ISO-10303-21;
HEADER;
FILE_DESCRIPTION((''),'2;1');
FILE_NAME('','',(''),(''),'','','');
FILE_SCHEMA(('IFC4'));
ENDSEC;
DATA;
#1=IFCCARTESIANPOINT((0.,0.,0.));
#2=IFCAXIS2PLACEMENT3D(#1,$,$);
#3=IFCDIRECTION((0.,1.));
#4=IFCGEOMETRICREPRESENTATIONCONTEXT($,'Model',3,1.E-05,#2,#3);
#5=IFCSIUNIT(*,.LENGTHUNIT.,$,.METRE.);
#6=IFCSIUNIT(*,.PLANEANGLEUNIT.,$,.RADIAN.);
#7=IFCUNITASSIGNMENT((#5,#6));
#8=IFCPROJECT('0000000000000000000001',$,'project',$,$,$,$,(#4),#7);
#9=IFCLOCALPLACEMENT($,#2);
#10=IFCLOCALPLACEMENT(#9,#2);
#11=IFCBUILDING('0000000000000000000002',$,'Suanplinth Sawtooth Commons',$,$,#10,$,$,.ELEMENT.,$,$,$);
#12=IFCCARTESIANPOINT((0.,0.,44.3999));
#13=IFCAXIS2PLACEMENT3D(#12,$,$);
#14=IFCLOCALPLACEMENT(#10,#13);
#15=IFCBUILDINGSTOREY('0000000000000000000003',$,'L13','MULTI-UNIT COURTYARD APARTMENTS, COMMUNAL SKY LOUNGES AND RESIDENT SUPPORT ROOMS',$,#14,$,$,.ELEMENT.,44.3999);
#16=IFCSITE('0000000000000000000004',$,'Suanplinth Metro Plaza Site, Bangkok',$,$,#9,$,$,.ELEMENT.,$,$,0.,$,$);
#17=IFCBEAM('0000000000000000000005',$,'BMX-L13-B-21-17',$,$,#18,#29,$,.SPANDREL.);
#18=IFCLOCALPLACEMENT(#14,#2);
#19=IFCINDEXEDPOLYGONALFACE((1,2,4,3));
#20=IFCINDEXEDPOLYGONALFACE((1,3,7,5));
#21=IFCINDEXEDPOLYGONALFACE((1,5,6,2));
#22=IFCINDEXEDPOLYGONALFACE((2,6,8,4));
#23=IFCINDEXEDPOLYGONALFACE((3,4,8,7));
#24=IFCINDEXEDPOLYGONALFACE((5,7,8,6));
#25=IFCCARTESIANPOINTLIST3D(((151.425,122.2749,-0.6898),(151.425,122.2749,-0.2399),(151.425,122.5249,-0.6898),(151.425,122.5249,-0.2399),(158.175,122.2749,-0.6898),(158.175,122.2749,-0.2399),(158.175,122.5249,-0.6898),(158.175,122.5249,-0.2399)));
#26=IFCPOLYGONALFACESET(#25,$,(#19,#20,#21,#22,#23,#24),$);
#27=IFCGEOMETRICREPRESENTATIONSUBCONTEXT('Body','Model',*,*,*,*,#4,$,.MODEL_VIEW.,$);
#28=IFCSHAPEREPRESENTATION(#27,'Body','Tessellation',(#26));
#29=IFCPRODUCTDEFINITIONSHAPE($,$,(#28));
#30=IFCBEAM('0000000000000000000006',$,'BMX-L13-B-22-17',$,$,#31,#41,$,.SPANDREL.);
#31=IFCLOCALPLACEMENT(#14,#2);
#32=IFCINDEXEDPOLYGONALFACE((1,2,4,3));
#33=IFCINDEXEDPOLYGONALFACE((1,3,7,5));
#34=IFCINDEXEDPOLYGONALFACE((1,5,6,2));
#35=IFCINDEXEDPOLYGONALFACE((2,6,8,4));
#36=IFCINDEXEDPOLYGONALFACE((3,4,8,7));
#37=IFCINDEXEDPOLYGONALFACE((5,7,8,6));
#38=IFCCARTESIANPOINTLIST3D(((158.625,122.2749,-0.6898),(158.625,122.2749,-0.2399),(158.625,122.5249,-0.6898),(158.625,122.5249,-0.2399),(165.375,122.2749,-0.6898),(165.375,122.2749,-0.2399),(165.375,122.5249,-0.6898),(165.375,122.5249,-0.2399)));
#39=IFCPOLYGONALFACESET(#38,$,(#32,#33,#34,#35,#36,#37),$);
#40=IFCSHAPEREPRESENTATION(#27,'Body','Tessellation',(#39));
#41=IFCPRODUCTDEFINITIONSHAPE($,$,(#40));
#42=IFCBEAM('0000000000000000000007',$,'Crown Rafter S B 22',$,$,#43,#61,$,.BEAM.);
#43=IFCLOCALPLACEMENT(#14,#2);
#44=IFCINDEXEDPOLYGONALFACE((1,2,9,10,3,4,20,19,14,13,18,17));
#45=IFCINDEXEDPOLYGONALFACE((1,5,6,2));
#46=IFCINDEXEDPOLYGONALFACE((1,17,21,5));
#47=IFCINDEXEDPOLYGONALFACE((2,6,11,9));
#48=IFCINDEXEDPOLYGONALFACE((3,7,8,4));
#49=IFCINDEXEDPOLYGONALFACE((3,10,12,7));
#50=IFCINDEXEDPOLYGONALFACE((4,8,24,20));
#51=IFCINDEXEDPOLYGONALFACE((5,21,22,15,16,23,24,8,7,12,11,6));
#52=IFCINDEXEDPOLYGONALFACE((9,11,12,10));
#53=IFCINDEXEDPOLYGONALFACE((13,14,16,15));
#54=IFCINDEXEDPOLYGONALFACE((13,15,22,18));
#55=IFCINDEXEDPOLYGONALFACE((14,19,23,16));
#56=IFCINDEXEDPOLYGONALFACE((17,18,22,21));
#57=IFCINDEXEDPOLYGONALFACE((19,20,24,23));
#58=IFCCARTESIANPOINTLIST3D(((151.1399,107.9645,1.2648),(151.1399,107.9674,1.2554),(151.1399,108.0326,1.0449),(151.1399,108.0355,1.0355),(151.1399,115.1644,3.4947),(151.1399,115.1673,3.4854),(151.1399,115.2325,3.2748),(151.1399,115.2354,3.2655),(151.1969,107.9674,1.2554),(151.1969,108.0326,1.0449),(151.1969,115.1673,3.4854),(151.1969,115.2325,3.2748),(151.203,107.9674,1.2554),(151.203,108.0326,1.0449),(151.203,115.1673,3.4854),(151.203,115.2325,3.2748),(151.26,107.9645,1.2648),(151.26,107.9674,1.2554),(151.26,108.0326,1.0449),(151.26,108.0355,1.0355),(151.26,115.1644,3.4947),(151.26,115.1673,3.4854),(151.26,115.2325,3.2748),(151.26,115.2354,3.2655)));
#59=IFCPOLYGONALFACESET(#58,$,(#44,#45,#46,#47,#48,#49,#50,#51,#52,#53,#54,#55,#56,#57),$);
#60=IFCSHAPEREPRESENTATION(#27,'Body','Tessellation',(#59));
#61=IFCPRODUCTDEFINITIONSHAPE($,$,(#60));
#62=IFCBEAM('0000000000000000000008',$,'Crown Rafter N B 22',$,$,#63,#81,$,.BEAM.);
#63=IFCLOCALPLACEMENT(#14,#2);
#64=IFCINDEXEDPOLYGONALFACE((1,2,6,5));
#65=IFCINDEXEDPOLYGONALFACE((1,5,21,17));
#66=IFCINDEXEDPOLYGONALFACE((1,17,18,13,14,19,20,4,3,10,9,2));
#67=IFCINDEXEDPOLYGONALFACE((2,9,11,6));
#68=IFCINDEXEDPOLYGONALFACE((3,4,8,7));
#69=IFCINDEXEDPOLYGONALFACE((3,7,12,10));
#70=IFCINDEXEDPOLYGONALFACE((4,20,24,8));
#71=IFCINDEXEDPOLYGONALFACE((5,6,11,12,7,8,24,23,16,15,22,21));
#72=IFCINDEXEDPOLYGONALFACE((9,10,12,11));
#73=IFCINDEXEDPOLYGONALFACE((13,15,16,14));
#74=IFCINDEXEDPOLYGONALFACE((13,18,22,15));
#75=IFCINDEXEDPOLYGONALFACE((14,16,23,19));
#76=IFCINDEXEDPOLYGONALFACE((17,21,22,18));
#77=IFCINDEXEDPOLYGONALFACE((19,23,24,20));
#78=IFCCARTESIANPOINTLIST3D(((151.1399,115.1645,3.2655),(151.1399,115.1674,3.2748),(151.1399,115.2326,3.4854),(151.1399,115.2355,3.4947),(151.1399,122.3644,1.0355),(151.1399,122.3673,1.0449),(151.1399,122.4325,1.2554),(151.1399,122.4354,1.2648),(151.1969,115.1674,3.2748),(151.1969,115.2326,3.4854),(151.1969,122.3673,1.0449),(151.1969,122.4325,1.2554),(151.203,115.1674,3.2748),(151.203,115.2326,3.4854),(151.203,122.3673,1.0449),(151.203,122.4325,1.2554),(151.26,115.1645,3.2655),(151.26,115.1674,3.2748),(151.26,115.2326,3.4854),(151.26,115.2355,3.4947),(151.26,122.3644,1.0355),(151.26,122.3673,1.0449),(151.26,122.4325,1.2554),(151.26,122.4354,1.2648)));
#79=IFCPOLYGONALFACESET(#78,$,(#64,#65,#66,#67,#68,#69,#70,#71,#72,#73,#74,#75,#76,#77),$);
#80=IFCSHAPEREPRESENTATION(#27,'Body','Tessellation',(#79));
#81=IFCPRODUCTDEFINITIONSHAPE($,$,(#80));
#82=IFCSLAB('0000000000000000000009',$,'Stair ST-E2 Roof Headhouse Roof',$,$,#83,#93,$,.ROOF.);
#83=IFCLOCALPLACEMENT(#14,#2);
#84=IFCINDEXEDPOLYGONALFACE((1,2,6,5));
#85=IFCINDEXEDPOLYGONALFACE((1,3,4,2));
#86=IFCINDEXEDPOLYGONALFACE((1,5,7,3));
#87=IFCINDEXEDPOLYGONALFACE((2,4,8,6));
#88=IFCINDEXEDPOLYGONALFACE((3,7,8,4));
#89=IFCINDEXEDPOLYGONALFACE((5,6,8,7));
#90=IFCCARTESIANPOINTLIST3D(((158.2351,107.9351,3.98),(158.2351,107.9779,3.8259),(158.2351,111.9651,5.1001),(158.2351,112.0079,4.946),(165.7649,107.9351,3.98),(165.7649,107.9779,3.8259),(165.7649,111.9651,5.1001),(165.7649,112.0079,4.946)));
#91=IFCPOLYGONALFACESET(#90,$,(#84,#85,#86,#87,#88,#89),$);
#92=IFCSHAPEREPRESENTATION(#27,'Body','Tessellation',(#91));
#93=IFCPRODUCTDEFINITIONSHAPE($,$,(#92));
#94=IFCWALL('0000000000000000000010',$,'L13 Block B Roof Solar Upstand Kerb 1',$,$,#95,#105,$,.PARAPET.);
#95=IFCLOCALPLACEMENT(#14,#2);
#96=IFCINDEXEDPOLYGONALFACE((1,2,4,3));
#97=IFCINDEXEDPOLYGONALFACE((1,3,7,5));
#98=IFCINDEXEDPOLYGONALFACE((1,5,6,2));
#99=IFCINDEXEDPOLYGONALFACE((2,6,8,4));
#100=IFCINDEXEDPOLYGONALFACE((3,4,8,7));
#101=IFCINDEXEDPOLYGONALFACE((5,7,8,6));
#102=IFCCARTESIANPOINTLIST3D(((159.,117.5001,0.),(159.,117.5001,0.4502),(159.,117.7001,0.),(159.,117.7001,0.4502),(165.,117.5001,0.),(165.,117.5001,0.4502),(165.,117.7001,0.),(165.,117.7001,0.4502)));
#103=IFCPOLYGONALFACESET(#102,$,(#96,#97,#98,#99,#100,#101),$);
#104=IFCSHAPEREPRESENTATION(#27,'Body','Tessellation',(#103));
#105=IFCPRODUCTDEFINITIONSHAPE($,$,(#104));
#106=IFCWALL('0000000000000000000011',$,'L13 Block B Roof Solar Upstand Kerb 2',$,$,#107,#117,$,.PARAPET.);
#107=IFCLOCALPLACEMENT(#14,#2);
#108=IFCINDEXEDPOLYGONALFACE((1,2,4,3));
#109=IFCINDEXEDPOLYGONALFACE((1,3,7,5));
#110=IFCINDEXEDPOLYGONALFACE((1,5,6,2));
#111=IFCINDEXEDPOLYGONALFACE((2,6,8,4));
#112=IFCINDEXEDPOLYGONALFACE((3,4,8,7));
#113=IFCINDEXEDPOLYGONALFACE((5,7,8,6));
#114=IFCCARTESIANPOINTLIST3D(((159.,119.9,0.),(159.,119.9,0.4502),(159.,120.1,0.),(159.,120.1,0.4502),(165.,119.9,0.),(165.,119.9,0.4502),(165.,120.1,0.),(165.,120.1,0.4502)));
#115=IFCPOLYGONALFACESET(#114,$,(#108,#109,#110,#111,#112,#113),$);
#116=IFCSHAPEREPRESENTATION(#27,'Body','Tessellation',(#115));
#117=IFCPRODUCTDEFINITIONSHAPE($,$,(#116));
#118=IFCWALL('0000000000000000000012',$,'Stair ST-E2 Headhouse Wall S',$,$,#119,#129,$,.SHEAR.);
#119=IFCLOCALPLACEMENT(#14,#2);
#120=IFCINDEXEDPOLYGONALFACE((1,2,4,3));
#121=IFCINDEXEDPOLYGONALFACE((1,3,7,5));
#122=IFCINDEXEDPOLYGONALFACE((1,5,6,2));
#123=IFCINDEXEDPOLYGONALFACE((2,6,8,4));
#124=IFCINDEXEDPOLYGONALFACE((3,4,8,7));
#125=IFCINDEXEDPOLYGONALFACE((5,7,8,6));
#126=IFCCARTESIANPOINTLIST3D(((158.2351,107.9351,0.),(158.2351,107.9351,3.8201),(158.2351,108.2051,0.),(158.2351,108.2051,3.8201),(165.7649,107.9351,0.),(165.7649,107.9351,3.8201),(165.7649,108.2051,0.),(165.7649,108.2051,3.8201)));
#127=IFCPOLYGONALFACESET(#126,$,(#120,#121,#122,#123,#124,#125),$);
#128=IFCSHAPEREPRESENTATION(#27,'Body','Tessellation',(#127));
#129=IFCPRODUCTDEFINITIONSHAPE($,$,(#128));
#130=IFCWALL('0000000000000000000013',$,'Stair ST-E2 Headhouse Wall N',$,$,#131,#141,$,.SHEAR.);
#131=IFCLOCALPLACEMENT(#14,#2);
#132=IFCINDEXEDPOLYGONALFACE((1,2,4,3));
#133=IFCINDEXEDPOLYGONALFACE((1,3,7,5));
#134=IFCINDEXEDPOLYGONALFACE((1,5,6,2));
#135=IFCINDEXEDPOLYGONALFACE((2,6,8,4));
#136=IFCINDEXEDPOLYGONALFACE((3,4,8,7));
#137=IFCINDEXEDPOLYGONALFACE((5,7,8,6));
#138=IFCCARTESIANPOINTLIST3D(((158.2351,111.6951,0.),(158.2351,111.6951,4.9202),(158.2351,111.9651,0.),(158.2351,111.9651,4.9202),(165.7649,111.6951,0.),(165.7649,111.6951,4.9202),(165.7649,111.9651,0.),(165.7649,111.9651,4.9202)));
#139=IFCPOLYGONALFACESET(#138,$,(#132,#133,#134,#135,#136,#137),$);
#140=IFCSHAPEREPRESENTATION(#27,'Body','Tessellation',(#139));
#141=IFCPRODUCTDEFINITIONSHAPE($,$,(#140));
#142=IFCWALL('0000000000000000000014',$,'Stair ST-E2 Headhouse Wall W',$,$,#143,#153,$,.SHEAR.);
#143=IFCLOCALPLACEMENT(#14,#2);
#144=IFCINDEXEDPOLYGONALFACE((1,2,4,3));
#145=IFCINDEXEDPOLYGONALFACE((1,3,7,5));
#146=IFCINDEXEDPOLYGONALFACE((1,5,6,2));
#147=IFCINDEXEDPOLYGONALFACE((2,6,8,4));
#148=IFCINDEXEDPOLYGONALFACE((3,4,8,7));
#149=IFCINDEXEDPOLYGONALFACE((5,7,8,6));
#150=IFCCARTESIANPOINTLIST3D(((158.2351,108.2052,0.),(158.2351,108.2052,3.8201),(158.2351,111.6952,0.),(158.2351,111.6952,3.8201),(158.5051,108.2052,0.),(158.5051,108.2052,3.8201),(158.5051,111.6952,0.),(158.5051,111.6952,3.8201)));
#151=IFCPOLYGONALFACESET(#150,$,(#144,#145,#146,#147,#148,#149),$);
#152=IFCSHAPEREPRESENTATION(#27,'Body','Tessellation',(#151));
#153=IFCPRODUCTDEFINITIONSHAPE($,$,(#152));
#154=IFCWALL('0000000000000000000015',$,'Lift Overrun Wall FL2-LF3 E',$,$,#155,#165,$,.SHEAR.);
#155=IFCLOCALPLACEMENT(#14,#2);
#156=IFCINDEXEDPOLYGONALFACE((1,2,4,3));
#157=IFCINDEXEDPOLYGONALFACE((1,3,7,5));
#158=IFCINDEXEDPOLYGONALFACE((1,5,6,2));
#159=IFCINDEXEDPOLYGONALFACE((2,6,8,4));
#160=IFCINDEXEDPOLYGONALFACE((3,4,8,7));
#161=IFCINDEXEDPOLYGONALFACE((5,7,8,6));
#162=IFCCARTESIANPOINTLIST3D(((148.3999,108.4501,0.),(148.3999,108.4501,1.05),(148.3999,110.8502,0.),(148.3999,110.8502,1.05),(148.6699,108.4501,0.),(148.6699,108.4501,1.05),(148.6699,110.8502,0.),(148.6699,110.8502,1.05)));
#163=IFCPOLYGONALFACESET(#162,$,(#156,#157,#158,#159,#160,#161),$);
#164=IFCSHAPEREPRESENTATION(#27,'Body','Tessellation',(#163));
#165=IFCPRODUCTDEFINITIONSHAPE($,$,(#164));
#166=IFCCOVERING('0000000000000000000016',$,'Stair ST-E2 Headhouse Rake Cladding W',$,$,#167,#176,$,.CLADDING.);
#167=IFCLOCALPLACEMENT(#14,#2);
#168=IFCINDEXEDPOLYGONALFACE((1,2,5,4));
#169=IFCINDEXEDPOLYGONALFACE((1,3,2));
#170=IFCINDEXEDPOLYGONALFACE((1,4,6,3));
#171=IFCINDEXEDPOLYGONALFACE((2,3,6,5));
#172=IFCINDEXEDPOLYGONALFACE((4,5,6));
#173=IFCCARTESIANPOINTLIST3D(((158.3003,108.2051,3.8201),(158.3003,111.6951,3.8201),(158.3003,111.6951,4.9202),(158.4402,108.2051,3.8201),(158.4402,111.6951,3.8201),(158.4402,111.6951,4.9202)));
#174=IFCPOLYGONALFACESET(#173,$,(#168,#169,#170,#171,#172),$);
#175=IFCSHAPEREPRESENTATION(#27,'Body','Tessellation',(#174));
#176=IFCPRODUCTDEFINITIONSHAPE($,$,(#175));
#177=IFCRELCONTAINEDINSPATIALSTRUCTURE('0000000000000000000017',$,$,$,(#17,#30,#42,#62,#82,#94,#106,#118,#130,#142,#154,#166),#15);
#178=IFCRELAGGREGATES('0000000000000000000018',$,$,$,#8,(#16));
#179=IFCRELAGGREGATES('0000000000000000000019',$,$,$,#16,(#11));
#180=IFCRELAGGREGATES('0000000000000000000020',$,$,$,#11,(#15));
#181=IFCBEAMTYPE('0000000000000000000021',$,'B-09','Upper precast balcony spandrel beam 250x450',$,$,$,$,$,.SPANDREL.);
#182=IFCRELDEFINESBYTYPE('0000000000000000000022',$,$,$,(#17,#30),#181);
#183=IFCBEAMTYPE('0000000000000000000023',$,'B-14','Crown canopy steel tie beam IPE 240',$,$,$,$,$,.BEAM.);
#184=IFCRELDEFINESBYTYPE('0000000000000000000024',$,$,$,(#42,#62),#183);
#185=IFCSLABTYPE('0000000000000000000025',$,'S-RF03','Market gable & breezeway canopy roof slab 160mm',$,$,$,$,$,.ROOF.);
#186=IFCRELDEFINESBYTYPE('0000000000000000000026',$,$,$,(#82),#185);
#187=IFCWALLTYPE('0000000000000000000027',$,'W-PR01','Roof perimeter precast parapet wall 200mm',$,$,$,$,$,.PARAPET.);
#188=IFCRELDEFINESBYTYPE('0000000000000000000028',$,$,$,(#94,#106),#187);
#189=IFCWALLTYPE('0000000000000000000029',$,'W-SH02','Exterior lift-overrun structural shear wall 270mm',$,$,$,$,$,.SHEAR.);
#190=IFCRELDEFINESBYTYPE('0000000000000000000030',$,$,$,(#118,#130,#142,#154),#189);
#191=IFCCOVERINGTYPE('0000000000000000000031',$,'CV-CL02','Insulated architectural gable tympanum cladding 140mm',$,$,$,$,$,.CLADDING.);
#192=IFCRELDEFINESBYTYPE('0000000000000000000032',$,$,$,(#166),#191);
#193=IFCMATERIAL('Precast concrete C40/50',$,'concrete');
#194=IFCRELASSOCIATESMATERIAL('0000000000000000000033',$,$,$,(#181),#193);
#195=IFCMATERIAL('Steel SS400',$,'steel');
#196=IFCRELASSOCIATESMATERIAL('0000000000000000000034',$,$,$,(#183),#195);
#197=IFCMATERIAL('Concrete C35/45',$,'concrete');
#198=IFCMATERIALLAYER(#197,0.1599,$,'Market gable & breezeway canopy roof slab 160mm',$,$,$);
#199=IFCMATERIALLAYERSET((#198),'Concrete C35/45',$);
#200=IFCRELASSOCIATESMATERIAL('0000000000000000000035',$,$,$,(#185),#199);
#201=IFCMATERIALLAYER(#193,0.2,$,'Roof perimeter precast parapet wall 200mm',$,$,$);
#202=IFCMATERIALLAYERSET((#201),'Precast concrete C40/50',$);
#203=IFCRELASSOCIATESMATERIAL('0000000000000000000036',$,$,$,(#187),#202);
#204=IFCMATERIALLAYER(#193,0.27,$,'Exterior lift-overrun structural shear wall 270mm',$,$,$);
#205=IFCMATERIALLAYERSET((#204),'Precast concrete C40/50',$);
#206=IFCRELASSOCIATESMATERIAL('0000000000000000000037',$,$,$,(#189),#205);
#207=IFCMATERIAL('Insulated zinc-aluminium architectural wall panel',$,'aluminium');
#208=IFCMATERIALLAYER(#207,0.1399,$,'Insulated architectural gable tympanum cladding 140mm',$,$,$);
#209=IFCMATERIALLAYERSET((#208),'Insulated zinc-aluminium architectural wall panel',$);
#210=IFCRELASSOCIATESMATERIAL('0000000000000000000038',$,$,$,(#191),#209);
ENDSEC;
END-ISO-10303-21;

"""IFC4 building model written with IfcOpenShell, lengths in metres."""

from ifc_helpers import new_model, si_unit, direction, frame, frame_2d, origin, origin_2d, place, context, subcontext, project, spatial, polyline, rectangle, i_section, outline, extrude, material, layer, layer_set, material_profile, profile_set, type_object, element, save


model = new_model("IFC4")

# Units and contexts
model_context = context("Model", 3, precision=1e-05, world=origin(), true_north=direction((0.0, 1.0)))
body_context = subcontext(model_context, "Body", "Model", "MODEL_VIEW")
ifc_project = project(units=[si_unit("LENGTHUNIT", "METRE"), si_unit("PLANEANGLEUNIT", "RADIAN")], contexts=[model_context])

# Site, building, storey
site_placement = place(None, origin())
site = spatial("IfcSite", under=ifc_project, at=site_placement, Name="Suanplinth Metro Plaza Site, Bangkok", CompositionType="ELEMENT", RefElevation=0.0)
building_placement = place(site_placement, origin())
building = spatial("IfcBuilding", under=site, at=building_placement, Name="Suanplinth Sawtooth Commons", CompositionType="ELEMENT")
storey_placement = place(building_placement, frame((0.0, 0.0, 44.3999)))
storey = spatial("IfcBuildingStorey", under=building, at=storey_placement, Name="L13", Description="MULTI-UNIT COURTYARD APARTMENTS, COMMUNAL SKY LOUNGES AND RESIDENT SUPPORT ROOMS", CompositionType="ELEMENT", Elevation=44.3999)

# Beams
ifc_material_1 = material(Name="Precast concrete C40/50", Category="concrete")
ifc_material_profile_1 = material_profile(ifc_material_1, rectangle(XDim=0.25, YDim=0.45, at=origin_2d()), Name="PC-SP 250x450")
ifc_profile_set_1 = profile_set([ifc_material_profile_1], Name="Precast concrete C40/50")
beam_type_1 = type_object("IfcBeamType", Name="B-09", Description="Upper precast balcony spandrel beam 250x450", PredefinedType="SPANDREL", material=ifc_profile_set_1)
for number, where, z_axis, x_axis, name in (
    (1, (151.425, 122.3999, -0.4648), (1.0, 0.0, 0.0), (0.0, 1.0, 0.0), "BMX-L13-B-21-17"),
    (2, (158.625, 122.3999, -0.4648), (1.0, 0.0, 0.0), (0.0, 1.0, 0.0), "BMX-L13-B-22-17"),
):
    element("IfcBeam", number, at=place(storey_placement, frame(where, z_axis=z_axis, x_axis=x_axis)), inside=storey, type_object=beam_type_1, Name=name, PredefinedType="SPANDREL", context=body_context, shape_type="SweptSolid", body=[
        extrude(rectangle(XDim=0.25, YDim=0.45, at=origin_2d()), origin(), (0.0, 0.0, 1.0), 6.75),
    ])
ifc_material_2 = material(Name="Steel SS400", Category="steel")
ifc_material_profile_2 = material_profile(ifc_material_2, i_section(OverallWidth=0.1201, OverallDepth=0.24, WebThickness=0.0061, FlangeThickness=0.0098, at=origin_2d()), Name="IPE 240")
ifc_profile_set_2 = profile_set([ifc_material_profile_2], Name="Steel SS400")
beam_type_2 = type_object("IfcBeamType", Name="B-14", Description="Crown canopy steel tie beam IPE 240", PredefinedType="BEAM", material=ifc_profile_set_2)
for number, where, z_axis, x_axis, name in (
    (3, (151.2, 108.0, 1.1501), (0.0, 0.955233, 0.295856), (-1.0, 0.0, 0.0), "Crown Rafter S B 22"),
    (4, (151.2, 122.3999, 1.1501), (0.0, -0.955233, 0.295856), (1.0, 0.0, 0.0), "Crown Rafter N B 22"),
):
    element("IfcBeam", number, at=place(storey_placement, frame(where, z_axis=z_axis, x_axis=x_axis)), inside=storey, type_object=beam_type_2, Name=name, PredefinedType="BEAM", context=body_context, shape_type="SweptSolid", body=[
        extrude(i_section(OverallWidth=0.1201, OverallDepth=0.24, WebThickness=0.0061, FlangeThickness=0.0098, at=origin_2d()), origin(), (0.0, 0.0, 1.0), 7.5374),
    ])

# Slab
ifc_material_3 = material(Name="Concrete C35/45", Category="concrete")
ifc_layer_1 = layer(ifc_material_3, 0.1599, Name="Market gable & breezeway canopy roof slab 160mm")
ifc_layer_set_1 = layer_set([ifc_layer_1], Name="Concrete C35/45")
slab_type = type_object("IfcSlabType", Name="S-RF03", Description="Market gable & breezeway canopy roof slab 160mm", PredefinedType="ROOF", material=ifc_layer_set_1)
slab_placement = place(storey_placement, frame((158.2351, 107.9351, 3.98), z_axis=(0.0, -0.267791, 0.963477), x_axis=(1.0, 0.0, 0.0)))
element("IfcSlab", 5, at=slab_placement, inside=storey, type_object=slab_type, Name="Stair ST-E2 Roof Headhouse Roof", PredefinedType="ROOF", context=body_context, shape_type="SweptSolid", body=[
    extrude(outline(polyline([(0.0, 0.0), (7.5298, 0.0), (7.5298, 4.1828), (0.0, 4.1828), (0.0, 0.0)])), origin(), (0.0, 0.0, -1.0), 0.1599),
])

# Walls
ifc_layer_2 = layer(ifc_material_1, 0.2, Name="Roof perimeter precast parapet wall 200mm")
ifc_layer_set_2 = layer_set([ifc_layer_2], Name="Precast concrete C40/50")
wall_type_1 = type_object("IfcWallType", Name="W-PR01", Description="Roof perimeter precast parapet wall 200mm", PredefinedType="PARAPET", material=ifc_layer_set_2)
for number, where, z_axis, x_axis, name in (
    (6, (159.0, 117.6001, 0.0), (0.0, 0.0, 1.0), (1.0, 0.0, 0.0), "L13 Block B Roof Solar Upstand Kerb 1"),
    (7, (159.0, 120.0, 0.0), (0.0, 0.0, 1.0), (1.0, 0.0, 0.0), "L13 Block B Roof Solar Upstand Kerb 2"),
):
    element("IfcWall", number, at=place(storey_placement, frame(where, z_axis=z_axis, x_axis=x_axis)), inside=storey, type_object=wall_type_1, Name=name, PredefinedType="PARAPET", context=body_context, shape_type="SweptSolid", body=[
        extrude(rectangle(XDim=6.0, YDim=0.2, at=frame_2d((3.0, 0.0))), origin(), (0.0, 0.0, 1.0), 0.4502),
    ])
ifc_layer_3 = layer(ifc_material_1, 0.27, Name="Exterior lift-overrun structural shear wall 270mm")
ifc_layer_set_3 = layer_set([ifc_layer_3], Name="Precast concrete C40/50")
wall_type_2 = type_object("IfcWallType", Name="W-SH02", Description="Exterior lift-overrun structural shear wall 270mm", PredefinedType="SHEAR", material=ifc_layer_set_3)
wall_1_placement = place(storey_placement, frame((158.2351, 108.0701, 0.0), z_axis=(0.0, 0.0, 1.0), x_axis=(1.0, 0.0, 0.0)))
element("IfcWall", 8, at=wall_1_placement, inside=storey, type_object=wall_type_2, Name="Stair ST-E2 Headhouse Wall S", PredefinedType="SHEAR", context=body_context, shape_type="SweptSolid", body=[
    extrude(rectangle(XDim=7.5298, YDim=0.27, at=frame_2d((3.7649, 0.0))), origin(), (0.0, 0.0, 1.0), 3.8201),
])
wall_2_placement = place(storey_placement, frame((158.2351, 111.8301, 0.0), z_axis=(0.0, 0.0, 1.0), x_axis=(1.0, 0.0, 0.0)))
element("IfcWall", 9, at=wall_2_placement, inside=storey, type_object=wall_type_2, Name="Stair ST-E2 Headhouse Wall N", PredefinedType="SHEAR", context=body_context, shape_type="SweptSolid", body=[
    extrude(rectangle(XDim=7.5298, YDim=0.27, at=frame_2d((3.7649, 0.0))), origin(), (0.0, 0.0, 1.0), 4.9202),
])
wall_3_placement = place(storey_placement, frame((158.3701, 108.2051, 0.0), z_axis=(0.0, 0.0, 1.0), x_axis=(0.0, 1.0, 0.0)))
element("IfcWall", 10, at=wall_3_placement, inside=storey, type_object=wall_type_2, Name="Stair ST-E2 Headhouse Wall W", PredefinedType="SHEAR", context=body_context, shape_type="SweptSolid", body=[
    extrude(rectangle(XDim=3.49, YDim=0.27, at=frame_2d((1.7451, 0.0))), origin(), (0.0, 0.0, 1.0), 3.8201),
])
wall_4_placement = place(storey_placement, frame((148.5349, 108.45, 0.0), z_axis=(0.0, 0.0, 1.0), x_axis=(0.0, 1.0, 0.0)))
element("IfcWall", 11, at=wall_4_placement, inside=storey, type_object=wall_type_2, Name="Lift Overrun Wall FL2-LF3 E", PredefinedType="SHEAR", context=body_context, shape_type="SweptSolid", body=[
    extrude(rectangle(XDim=2.4001, YDim=0.27, at=frame_2d((1.2002, 0.0))), origin(), (0.0, 0.0, 1.0), 1.05),
])

# Covering
ifc_material_4 = material(Name="Insulated zinc-aluminium architectural wall panel", Category="aluminium")
ifc_layer_4 = layer(ifc_material_4, 0.1399, Name="Insulated architectural gable tympanum cladding 140mm")
ifc_layer_set_4 = layer_set([ifc_layer_4], Name="Insulated zinc-aluminium architectural wall panel")
covering_type = type_object("IfcCoveringType", Name="CV-CL02", Description="Insulated architectural gable tympanum cladding 140mm", PredefinedType="CLADDING", material=ifc_layer_set_4)
covering_placement = place(storey_placement, frame((158.3701, 108.2051, 3.8201), z_axis=(0.0, 0.0, 1.0), x_axis=(0.0, 1.0, 0.0)))
element("IfcCovering", 12, at=covering_placement, inside=storey, type_object=covering_type, Name="Stair ST-E2 Headhouse Rake Cladding W", PredefinedType="CLADDING", context=body_context, shape_type="SweptSolid", body=[
    extrude(outline(polyline([(0.0, 0.0), (3.49, 0.0), (3.49, 1.1001), (0.0, 0.0), (0.0, 0.0)])), frame((0.0, 0.0698, 0.0), z_axis=(0.0, -1.0, 0.0), x_axis=(1.0, 0.0, 0.0)), (0.0, 0.0, 1.0), 0.1399),
])

save(model, "model.ifc")
